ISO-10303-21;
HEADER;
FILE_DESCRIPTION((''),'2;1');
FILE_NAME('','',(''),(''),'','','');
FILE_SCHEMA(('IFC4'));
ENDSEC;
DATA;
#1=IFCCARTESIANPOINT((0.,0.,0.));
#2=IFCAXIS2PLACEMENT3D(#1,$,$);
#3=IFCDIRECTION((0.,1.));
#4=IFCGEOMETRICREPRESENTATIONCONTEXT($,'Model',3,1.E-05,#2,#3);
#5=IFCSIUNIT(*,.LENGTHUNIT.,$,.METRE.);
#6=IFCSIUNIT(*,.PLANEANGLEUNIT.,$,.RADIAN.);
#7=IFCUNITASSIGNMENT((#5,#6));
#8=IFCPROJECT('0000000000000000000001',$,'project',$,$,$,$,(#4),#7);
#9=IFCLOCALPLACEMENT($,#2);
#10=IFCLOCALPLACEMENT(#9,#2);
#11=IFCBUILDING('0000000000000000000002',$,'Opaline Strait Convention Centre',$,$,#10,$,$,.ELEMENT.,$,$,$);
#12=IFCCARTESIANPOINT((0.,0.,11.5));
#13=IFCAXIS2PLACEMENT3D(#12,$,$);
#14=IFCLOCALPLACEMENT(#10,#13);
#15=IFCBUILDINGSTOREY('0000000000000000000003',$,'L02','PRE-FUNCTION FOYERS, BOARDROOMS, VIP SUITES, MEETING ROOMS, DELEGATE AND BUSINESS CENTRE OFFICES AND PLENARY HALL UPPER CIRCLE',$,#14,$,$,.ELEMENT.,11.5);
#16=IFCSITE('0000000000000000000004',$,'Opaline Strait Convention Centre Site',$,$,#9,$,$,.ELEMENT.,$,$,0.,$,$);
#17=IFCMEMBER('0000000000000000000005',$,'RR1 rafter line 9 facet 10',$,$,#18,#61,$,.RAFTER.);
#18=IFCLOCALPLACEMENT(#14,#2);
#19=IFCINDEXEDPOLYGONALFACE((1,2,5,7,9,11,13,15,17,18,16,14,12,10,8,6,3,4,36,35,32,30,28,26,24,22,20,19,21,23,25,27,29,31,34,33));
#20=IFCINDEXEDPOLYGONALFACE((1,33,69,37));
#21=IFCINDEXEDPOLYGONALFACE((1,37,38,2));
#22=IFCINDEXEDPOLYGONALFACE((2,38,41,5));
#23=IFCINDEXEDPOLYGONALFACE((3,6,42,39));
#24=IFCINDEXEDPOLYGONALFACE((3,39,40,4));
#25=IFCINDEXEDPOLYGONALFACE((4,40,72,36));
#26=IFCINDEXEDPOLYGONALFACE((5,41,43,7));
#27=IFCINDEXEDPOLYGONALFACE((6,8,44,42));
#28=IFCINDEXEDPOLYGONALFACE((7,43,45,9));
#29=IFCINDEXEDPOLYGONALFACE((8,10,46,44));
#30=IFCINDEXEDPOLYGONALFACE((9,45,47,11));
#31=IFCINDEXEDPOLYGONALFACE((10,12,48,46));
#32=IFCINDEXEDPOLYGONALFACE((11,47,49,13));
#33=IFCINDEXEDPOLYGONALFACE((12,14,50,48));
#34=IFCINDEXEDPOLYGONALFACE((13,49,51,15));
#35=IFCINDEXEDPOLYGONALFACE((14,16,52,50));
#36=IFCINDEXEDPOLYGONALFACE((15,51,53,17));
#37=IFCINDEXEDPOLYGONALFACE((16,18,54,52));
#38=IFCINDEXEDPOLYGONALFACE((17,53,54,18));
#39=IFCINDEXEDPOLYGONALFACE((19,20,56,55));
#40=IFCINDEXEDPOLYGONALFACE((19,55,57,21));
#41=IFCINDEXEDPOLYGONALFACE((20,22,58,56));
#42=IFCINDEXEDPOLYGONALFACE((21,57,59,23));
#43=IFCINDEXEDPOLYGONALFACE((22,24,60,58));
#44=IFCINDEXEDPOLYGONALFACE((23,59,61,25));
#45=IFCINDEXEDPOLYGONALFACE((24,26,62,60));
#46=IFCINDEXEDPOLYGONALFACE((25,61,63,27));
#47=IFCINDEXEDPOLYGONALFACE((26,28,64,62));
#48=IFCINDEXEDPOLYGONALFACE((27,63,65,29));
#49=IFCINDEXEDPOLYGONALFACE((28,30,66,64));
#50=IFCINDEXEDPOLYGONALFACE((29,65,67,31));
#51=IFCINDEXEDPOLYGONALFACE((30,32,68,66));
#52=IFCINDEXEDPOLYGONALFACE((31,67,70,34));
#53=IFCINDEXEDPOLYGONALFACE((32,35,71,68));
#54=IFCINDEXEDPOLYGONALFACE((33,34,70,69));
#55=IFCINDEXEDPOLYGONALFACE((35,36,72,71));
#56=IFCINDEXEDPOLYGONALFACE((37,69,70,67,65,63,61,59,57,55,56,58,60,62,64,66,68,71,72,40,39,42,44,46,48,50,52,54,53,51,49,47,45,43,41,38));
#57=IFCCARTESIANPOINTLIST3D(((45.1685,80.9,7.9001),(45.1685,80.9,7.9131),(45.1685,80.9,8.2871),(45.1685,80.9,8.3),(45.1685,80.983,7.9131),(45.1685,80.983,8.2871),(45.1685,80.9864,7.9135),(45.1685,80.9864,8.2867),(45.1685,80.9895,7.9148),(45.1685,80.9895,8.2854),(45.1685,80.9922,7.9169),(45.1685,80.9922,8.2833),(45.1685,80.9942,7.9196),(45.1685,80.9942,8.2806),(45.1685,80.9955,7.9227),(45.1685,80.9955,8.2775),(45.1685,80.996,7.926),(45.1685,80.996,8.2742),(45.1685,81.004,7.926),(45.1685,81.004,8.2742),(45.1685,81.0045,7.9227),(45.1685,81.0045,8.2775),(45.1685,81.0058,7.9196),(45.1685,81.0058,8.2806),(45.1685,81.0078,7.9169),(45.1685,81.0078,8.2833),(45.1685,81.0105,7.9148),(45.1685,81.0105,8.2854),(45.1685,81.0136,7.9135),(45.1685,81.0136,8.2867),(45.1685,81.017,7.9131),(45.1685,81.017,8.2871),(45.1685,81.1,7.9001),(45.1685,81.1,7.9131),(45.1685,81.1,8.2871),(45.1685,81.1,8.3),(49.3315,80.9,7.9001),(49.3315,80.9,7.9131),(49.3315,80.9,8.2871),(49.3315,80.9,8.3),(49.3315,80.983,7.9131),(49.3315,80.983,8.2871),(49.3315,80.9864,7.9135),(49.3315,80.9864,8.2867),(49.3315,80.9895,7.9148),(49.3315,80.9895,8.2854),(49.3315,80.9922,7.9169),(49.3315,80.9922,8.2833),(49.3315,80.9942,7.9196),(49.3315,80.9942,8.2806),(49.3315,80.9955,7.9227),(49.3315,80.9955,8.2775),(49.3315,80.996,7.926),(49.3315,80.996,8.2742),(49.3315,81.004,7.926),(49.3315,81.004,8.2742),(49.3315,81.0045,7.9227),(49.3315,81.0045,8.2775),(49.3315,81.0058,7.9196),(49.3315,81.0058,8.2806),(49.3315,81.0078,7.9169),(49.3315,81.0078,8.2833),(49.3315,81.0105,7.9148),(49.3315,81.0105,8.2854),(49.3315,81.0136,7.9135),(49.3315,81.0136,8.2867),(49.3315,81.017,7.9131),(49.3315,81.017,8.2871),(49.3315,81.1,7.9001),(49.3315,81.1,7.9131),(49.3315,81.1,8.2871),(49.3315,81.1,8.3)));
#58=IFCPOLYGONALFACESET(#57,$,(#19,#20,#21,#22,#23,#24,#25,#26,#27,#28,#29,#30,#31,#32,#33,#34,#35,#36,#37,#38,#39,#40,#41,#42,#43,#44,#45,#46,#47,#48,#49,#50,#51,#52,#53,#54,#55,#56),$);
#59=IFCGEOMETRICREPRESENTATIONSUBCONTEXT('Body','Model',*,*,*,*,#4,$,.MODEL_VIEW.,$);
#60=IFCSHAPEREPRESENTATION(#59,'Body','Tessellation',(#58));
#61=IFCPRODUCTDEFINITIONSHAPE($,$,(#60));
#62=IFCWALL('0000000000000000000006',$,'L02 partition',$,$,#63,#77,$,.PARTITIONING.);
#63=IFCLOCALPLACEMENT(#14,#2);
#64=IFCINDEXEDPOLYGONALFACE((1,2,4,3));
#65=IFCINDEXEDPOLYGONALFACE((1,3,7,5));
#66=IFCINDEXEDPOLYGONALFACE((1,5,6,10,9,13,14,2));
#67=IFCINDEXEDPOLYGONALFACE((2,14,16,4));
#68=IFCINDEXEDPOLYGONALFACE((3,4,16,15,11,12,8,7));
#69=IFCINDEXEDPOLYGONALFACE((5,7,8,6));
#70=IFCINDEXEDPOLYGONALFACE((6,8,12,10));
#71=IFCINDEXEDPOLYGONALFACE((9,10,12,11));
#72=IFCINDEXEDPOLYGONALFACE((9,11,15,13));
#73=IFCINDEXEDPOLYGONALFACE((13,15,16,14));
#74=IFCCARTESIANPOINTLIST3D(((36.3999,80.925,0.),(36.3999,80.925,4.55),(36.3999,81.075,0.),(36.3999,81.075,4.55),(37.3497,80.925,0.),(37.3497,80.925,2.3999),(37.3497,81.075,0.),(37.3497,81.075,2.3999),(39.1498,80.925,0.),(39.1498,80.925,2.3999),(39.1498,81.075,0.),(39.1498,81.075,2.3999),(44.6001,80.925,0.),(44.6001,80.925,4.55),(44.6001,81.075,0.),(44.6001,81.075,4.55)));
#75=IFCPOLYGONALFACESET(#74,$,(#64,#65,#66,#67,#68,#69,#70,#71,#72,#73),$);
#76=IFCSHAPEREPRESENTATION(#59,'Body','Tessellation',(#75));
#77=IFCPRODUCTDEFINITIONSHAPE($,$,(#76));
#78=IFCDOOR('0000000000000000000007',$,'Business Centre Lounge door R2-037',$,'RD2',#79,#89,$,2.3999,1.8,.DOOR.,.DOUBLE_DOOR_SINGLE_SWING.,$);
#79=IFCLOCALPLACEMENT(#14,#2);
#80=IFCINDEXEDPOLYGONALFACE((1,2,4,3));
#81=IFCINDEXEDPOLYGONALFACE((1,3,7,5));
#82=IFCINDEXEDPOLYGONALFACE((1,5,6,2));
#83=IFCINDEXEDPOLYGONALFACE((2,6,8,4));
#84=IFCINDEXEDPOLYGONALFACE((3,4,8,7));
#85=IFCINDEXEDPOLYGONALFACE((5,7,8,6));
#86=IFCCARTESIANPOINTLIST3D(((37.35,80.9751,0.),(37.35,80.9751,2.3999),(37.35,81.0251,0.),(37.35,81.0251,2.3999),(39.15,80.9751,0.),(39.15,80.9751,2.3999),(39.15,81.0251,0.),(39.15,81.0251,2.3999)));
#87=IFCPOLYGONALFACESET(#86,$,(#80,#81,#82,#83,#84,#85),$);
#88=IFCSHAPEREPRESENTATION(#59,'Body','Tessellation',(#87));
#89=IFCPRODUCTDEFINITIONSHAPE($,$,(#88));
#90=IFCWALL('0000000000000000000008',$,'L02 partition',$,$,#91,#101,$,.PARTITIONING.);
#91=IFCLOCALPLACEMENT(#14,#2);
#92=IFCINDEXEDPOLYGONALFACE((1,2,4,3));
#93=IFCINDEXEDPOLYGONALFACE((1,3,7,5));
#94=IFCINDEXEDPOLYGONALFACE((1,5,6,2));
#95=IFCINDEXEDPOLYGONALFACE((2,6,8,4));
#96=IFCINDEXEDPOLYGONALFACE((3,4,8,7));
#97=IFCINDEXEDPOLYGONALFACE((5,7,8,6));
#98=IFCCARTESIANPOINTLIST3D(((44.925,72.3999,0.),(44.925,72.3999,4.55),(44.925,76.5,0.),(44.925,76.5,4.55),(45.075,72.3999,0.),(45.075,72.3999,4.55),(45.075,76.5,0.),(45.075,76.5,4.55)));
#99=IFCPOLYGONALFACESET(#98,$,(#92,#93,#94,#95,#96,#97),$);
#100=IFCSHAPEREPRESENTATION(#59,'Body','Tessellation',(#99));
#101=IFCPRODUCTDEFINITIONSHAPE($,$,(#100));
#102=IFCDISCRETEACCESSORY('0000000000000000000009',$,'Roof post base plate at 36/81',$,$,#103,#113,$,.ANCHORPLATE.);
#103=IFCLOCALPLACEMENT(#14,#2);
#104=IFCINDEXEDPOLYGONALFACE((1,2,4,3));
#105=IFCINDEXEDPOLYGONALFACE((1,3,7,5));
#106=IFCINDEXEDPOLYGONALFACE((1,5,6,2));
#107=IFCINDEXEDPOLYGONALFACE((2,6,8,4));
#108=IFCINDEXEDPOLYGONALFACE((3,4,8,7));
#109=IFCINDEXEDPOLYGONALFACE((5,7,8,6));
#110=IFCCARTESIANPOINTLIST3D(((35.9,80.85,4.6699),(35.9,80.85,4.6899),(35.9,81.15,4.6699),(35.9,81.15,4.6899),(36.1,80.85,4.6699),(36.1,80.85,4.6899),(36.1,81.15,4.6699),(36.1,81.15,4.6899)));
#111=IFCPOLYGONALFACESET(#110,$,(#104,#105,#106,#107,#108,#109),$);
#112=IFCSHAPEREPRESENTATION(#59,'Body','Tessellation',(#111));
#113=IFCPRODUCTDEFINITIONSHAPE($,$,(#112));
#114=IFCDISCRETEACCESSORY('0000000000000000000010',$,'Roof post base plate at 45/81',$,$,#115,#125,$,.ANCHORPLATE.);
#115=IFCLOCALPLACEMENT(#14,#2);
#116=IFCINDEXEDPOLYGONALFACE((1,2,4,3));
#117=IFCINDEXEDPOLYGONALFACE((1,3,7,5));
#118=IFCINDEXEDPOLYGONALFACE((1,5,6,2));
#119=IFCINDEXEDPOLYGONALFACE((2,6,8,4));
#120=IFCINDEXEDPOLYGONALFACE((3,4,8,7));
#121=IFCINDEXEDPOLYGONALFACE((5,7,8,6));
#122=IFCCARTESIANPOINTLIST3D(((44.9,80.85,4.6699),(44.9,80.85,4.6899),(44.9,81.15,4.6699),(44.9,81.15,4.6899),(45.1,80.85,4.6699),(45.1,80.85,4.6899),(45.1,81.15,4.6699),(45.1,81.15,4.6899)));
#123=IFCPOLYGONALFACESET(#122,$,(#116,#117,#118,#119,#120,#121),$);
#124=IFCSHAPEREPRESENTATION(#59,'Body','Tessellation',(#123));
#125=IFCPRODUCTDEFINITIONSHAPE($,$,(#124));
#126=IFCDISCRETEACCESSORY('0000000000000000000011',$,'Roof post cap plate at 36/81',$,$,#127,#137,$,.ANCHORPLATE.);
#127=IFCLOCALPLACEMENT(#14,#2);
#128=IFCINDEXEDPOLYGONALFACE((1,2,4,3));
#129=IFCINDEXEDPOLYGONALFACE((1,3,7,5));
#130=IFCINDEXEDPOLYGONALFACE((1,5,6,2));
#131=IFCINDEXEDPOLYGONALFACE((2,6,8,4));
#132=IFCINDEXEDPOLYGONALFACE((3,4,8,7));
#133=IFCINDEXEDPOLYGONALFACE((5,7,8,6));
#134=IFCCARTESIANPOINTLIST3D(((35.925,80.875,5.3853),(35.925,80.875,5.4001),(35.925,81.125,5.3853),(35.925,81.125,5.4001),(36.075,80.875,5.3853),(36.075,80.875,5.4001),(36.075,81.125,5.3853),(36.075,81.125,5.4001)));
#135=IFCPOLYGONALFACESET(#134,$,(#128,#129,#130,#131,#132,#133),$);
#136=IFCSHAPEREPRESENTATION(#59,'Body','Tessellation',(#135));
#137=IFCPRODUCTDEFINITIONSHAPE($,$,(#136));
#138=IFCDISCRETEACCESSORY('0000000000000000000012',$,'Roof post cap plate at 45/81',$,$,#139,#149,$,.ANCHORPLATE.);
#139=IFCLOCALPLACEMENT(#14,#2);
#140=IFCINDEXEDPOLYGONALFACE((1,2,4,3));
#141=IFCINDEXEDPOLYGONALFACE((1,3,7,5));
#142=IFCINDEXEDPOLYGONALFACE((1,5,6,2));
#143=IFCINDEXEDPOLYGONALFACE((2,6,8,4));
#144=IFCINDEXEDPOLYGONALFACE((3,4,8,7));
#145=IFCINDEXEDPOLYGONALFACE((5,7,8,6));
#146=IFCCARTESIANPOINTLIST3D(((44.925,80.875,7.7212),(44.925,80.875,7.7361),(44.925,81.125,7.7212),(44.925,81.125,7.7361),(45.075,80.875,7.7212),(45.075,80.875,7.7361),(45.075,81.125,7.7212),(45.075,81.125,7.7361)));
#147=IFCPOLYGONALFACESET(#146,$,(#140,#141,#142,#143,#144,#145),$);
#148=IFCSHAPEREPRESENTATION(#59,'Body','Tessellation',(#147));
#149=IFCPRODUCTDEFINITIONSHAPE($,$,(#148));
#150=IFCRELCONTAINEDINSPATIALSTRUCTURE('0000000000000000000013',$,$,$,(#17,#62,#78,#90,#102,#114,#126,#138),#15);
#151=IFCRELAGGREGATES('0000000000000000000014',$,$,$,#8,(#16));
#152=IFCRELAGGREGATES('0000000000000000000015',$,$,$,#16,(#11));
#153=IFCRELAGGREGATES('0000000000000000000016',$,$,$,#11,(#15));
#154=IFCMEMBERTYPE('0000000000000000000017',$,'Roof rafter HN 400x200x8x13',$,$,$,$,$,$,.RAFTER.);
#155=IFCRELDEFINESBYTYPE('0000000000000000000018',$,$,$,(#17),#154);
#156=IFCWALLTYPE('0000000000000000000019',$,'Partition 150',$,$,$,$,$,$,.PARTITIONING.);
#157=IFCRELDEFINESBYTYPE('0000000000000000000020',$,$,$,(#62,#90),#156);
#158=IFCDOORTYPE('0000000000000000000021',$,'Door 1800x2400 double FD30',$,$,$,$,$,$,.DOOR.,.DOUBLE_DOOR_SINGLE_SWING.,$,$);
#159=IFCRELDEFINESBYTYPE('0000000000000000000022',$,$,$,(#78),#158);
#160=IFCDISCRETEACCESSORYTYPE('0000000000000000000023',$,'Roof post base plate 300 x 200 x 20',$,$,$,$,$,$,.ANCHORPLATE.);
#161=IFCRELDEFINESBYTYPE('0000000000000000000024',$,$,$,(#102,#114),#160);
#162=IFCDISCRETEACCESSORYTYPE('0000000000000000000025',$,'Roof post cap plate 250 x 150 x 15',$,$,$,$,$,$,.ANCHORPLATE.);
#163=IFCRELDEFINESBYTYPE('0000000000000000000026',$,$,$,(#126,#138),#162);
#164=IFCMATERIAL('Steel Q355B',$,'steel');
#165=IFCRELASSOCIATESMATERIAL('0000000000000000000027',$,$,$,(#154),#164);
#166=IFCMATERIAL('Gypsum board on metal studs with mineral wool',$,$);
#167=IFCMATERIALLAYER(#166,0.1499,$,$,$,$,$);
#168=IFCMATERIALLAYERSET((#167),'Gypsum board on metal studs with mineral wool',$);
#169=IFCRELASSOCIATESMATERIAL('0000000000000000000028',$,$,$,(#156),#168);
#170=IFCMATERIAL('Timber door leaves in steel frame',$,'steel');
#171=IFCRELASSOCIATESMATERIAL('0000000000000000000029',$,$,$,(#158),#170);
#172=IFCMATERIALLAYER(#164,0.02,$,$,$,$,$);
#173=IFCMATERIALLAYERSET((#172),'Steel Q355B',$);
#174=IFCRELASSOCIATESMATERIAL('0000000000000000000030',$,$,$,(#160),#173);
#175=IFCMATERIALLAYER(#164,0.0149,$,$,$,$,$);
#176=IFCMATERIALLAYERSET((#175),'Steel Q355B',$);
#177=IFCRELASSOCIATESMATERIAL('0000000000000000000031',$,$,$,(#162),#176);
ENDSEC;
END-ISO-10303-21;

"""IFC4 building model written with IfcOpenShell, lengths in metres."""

from ifc_helpers import new_model, si_unit, direction, frame, frame_2d, origin, origin_2d, place, context, subcontext, project, spatial, rectangle, i_section, extrude, material, layer, layer_set, material_profile, profile_set, type_object, element, fill, save


model = new_model("IFC4")

# Units and contexts
model_context = context("Model", 3, precision=1e-05, world=origin(), true_north=direction((0.0, 1.0)))
body_context = subcontext(model_context, "Body", "Model", "MODEL_VIEW")
ifc_project = project(units=[si_unit("LENGTHUNIT", "METRE"), si_unit("PLANEANGLEUNIT", "RADIAN")], contexts=[model_context])

# Site, building, storey
site_placement = place(None, origin())
site = spatial("IfcSite", under=ifc_project, at=site_placement, Name="Opaline Strait Convention Centre Site", CompositionType="ELEMENT", RefElevation=0.0)
building_placement = place(site_placement, origin())
building = spatial("IfcBuilding", under=site, at=building_placement, Name="Opaline Strait Convention Centre", CompositionType="ELEMENT")
storey_placement = place(building_placement, frame((0.0, 0.0, 11.5)))
storey = spatial("IfcBuildingStorey", under=building, at=storey_placement, Name="L02", Description="PRE-FUNCTION FOYERS, BOARDROOMS, VIP SUITES, MEETING ROOMS, DELEGATE AND BUSINESS CENTRE OFFICES AND PLENARY HALL UPPER CIRCLE", CompositionType="ELEMENT", Elevation=11.5)

# Shared definitions
ifc_material_1 = material(Name="Steel Q355B", Category="steel")

# Member
ifc_material_profile_1 = material_profile(ifc_material_1, i_section(OverallWidth=0.2, OverallDepth=0.3999, WebThickness=0.0081, FlangeThickness=0.0129, FilletRadius=0.0129, at=origin_2d()), Name="HN 400x200x8x13")
ifc_profile_set_1 = profile_set([ifc_material_profile_1], Name="Steel Q355B")
member_type_1 = type_object("IfcMemberType", Name="Roof rafter HN 400x200x8x13", PredefinedType="RAFTER", material=ifc_profile_set_1)
member_1_placement = place(storey_placement, frame((45.1685, 81.0, 8.1001), z_axis=(1.0, 0.0, 0.0), x_axis=(0.0, 1.0, 0.0)))
element("IfcMember", 1, at=member_1_placement, inside=storey, type_object=member_type_1, Name="RR1 rafter line 9 facet 10", PredefinedType="RAFTER", context=body_context, shape_type="SweptSolid", body=[
    extrude(i_section(OverallWidth=0.2, OverallDepth=0.3999, WebThickness=0.0081, FlangeThickness=0.0129, FilletRadius=0.0129, at=origin_2d()), origin(), (0.0, 0.0, 1.0), 4.1631),
])

# Wall, opening, door
ifc_material_2 = material(Name="Gypsum board on metal studs with mineral wool")
ifc_layer_1 = layer(ifc_material_2, 0.1499)
ifc_layer_set_1 = layer_set([ifc_layer_1], Name="Gypsum board on metal studs with mineral wool")
wall_type = type_object("IfcWallType", Name="Partition 150", PredefinedType="PARTITIONING", material=ifc_layer_set_1)
wall_1_placement = place(storey_placement, frame((36.3999, 81.0, 0.0), z_axis=(0.0, 0.0, 1.0), x_axis=(1.0, 0.0, 0.0)))
wall_1 = element("IfcWall", 2, at=wall_1_placement, inside=storey, type_object=wall_type, Name="L02 partition", PredefinedType="PARTITIONING", context=body_context, shape_type="SweptSolid", body=[
    extrude(rectangle(XDim=8.2002, YDim=0.1499, at=frame_2d((4.1001, 0.0))), origin(), (0.0, 0.0, 1.0), 4.55),
])
opening_placement = place(wall_1_placement, frame((0.95, 0.0, 0.0)))
opening = element("IfcOpeningElement", 3, at=opening_placement, cuts=wall_1, PredefinedType="OPENING", context=body_context, shape_type="SweptSolid", body=[
    extrude(rectangle(XDim=1.8, YDim=2.3999, at=frame_2d((0.8999, 1.2))), frame((0.0, 0.085, 0.0), z_axis=(0.0, -1.0, 0.0), x_axis=(1.0, 0.0, 0.0)), (0.0, 0.0, 1.0), 0.1699),
])
ifc_material_3 = material(Name="Timber door leaves in steel frame", Category="steel")
door_type = type_object("IfcDoorType", Name="Door 1800x2400 double FD30", OperationType="DOUBLE_DOOR_SINGLE_SWING", PredefinedType="DOOR", material=ifc_material_3)
door_placement = place(opening_placement, frame((1.8, 0.0, 0.0), z_axis=(0.0, 0.0, 1.0), x_axis=(-1.0, 0.0, 0.0)))
door = element("IfcDoor", 4, at=door_placement, inside=storey, type_object=door_type, Name="Business Centre Lounge door R2-037", ObjectType="RD2", OperationType="DOUBLE_DOOR_SINGLE_SWING", OverallHeight=2.3999, OverallWidth=1.8, PredefinedType="DOOR", context=body_context, shape_type="SweptSolid", body=[
    extrude(rectangle(XDim=1.8, YDim=2.3999, at=frame_2d((0.8999, 1.2))), frame((0.0, 0.0249, 0.0), z_axis=(0.0, -1.0, 0.0), x_axis=(1.0, 0.0, 0.0)), (0.0, 0.0, 1.0), 0.05),
])
fill(opening, door)

# Wall
wall_2_placement = place(storey_placement, frame((45.0, 72.3999, 0.0), z_axis=(0.0, 0.0, 1.0), x_axis=(0.0, 1.0, 0.0)))
element("IfcWall", 5, at=wall_2_placement, inside=storey, type_object=wall_type, Name="L02 partition", PredefinedType="PARTITIONING", context=body_context, shape_type="SweptSolid", body=[
    extrude(rectangle(XDim=4.1001, YDim=0.1499, at=frame_2d((2.05, 0.0))), origin(), (0.0, 0.0, 1.0), 4.55),
])

# Discrete accessories
ifc_layer_2 = layer(ifc_material_1, 0.02)
ifc_layer_set_2 = layer_set([ifc_layer_2], Name="Steel Q355B")
discrete_accessory_type_1 = type_object("IfcDiscreteAccessoryType", Name="Roof post base plate 300 x 200 x 20", PredefinedType="ANCHORPLATE", material=ifc_layer_set_2)
for number, where, z_axis, x_axis, name in (
    (6, (36.0, 81.0, 4.6699), (0.0, 0.0, 1.0), (1.0, 0.0, 0.0), "Roof post base plate at 36/81"),
    (7, (45.0, 81.0, 4.6699), (0.0, 0.0, 1.0), (1.0, 0.0, 0.0), "Roof post base plate at 45/81"),
):
    element("IfcDiscreteAccessory", number, at=place(storey_placement, frame(where, z_axis=z_axis, x_axis=x_axis)), inside=storey, type_object=discrete_accessory_type_1, Name=name, PredefinedType="ANCHORPLATE", context=body_context, shape_type="SweptSolid", body=[
        extrude(rectangle(XDim=0.2, YDim=0.3, at=origin_2d()), origin(), (0.0, 0.0, 1.0), 0.02),
    ])
ifc_layer_3 = layer(ifc_material_1, 0.0149)
ifc_layer_set_3 = layer_set([ifc_layer_3], Name="Steel Q355B")
discrete_accessory_type_2 = type_object("IfcDiscreteAccessoryType", Name="Roof post cap plate 250 x 150 x 15", PredefinedType="ANCHORPLATE", material=ifc_layer_set_3)
for number, where, z_axis, x_axis, name in (
    (8, (36.0, 81.0, 5.3853), (0.0, 0.0, 1.0), (1.0, 0.0, 0.0), "Roof post cap plate at 36/81"),
    (9, (45.0, 81.0, 7.7212), (0.0, 0.0, 1.0), (1.0, 0.0, 0.0), "Roof post cap plate at 45/81"),
):
    element("IfcDiscreteAccessory", number, at=place(storey_placement, frame(where, z_axis=z_axis, x_axis=x_axis)), inside=storey, type_object=discrete_accessory_type_2, Name=name, PredefinedType="ANCHORPLATE", context=body_context, shape_type="SweptSolid", body=[
        extrude(rectangle(XDim=0.1499, YDim=0.25, at=origin_2d()), origin(), (0.0, 0.0, 1.0), 0.0149),
    ])

save(model, "model.ifc")
